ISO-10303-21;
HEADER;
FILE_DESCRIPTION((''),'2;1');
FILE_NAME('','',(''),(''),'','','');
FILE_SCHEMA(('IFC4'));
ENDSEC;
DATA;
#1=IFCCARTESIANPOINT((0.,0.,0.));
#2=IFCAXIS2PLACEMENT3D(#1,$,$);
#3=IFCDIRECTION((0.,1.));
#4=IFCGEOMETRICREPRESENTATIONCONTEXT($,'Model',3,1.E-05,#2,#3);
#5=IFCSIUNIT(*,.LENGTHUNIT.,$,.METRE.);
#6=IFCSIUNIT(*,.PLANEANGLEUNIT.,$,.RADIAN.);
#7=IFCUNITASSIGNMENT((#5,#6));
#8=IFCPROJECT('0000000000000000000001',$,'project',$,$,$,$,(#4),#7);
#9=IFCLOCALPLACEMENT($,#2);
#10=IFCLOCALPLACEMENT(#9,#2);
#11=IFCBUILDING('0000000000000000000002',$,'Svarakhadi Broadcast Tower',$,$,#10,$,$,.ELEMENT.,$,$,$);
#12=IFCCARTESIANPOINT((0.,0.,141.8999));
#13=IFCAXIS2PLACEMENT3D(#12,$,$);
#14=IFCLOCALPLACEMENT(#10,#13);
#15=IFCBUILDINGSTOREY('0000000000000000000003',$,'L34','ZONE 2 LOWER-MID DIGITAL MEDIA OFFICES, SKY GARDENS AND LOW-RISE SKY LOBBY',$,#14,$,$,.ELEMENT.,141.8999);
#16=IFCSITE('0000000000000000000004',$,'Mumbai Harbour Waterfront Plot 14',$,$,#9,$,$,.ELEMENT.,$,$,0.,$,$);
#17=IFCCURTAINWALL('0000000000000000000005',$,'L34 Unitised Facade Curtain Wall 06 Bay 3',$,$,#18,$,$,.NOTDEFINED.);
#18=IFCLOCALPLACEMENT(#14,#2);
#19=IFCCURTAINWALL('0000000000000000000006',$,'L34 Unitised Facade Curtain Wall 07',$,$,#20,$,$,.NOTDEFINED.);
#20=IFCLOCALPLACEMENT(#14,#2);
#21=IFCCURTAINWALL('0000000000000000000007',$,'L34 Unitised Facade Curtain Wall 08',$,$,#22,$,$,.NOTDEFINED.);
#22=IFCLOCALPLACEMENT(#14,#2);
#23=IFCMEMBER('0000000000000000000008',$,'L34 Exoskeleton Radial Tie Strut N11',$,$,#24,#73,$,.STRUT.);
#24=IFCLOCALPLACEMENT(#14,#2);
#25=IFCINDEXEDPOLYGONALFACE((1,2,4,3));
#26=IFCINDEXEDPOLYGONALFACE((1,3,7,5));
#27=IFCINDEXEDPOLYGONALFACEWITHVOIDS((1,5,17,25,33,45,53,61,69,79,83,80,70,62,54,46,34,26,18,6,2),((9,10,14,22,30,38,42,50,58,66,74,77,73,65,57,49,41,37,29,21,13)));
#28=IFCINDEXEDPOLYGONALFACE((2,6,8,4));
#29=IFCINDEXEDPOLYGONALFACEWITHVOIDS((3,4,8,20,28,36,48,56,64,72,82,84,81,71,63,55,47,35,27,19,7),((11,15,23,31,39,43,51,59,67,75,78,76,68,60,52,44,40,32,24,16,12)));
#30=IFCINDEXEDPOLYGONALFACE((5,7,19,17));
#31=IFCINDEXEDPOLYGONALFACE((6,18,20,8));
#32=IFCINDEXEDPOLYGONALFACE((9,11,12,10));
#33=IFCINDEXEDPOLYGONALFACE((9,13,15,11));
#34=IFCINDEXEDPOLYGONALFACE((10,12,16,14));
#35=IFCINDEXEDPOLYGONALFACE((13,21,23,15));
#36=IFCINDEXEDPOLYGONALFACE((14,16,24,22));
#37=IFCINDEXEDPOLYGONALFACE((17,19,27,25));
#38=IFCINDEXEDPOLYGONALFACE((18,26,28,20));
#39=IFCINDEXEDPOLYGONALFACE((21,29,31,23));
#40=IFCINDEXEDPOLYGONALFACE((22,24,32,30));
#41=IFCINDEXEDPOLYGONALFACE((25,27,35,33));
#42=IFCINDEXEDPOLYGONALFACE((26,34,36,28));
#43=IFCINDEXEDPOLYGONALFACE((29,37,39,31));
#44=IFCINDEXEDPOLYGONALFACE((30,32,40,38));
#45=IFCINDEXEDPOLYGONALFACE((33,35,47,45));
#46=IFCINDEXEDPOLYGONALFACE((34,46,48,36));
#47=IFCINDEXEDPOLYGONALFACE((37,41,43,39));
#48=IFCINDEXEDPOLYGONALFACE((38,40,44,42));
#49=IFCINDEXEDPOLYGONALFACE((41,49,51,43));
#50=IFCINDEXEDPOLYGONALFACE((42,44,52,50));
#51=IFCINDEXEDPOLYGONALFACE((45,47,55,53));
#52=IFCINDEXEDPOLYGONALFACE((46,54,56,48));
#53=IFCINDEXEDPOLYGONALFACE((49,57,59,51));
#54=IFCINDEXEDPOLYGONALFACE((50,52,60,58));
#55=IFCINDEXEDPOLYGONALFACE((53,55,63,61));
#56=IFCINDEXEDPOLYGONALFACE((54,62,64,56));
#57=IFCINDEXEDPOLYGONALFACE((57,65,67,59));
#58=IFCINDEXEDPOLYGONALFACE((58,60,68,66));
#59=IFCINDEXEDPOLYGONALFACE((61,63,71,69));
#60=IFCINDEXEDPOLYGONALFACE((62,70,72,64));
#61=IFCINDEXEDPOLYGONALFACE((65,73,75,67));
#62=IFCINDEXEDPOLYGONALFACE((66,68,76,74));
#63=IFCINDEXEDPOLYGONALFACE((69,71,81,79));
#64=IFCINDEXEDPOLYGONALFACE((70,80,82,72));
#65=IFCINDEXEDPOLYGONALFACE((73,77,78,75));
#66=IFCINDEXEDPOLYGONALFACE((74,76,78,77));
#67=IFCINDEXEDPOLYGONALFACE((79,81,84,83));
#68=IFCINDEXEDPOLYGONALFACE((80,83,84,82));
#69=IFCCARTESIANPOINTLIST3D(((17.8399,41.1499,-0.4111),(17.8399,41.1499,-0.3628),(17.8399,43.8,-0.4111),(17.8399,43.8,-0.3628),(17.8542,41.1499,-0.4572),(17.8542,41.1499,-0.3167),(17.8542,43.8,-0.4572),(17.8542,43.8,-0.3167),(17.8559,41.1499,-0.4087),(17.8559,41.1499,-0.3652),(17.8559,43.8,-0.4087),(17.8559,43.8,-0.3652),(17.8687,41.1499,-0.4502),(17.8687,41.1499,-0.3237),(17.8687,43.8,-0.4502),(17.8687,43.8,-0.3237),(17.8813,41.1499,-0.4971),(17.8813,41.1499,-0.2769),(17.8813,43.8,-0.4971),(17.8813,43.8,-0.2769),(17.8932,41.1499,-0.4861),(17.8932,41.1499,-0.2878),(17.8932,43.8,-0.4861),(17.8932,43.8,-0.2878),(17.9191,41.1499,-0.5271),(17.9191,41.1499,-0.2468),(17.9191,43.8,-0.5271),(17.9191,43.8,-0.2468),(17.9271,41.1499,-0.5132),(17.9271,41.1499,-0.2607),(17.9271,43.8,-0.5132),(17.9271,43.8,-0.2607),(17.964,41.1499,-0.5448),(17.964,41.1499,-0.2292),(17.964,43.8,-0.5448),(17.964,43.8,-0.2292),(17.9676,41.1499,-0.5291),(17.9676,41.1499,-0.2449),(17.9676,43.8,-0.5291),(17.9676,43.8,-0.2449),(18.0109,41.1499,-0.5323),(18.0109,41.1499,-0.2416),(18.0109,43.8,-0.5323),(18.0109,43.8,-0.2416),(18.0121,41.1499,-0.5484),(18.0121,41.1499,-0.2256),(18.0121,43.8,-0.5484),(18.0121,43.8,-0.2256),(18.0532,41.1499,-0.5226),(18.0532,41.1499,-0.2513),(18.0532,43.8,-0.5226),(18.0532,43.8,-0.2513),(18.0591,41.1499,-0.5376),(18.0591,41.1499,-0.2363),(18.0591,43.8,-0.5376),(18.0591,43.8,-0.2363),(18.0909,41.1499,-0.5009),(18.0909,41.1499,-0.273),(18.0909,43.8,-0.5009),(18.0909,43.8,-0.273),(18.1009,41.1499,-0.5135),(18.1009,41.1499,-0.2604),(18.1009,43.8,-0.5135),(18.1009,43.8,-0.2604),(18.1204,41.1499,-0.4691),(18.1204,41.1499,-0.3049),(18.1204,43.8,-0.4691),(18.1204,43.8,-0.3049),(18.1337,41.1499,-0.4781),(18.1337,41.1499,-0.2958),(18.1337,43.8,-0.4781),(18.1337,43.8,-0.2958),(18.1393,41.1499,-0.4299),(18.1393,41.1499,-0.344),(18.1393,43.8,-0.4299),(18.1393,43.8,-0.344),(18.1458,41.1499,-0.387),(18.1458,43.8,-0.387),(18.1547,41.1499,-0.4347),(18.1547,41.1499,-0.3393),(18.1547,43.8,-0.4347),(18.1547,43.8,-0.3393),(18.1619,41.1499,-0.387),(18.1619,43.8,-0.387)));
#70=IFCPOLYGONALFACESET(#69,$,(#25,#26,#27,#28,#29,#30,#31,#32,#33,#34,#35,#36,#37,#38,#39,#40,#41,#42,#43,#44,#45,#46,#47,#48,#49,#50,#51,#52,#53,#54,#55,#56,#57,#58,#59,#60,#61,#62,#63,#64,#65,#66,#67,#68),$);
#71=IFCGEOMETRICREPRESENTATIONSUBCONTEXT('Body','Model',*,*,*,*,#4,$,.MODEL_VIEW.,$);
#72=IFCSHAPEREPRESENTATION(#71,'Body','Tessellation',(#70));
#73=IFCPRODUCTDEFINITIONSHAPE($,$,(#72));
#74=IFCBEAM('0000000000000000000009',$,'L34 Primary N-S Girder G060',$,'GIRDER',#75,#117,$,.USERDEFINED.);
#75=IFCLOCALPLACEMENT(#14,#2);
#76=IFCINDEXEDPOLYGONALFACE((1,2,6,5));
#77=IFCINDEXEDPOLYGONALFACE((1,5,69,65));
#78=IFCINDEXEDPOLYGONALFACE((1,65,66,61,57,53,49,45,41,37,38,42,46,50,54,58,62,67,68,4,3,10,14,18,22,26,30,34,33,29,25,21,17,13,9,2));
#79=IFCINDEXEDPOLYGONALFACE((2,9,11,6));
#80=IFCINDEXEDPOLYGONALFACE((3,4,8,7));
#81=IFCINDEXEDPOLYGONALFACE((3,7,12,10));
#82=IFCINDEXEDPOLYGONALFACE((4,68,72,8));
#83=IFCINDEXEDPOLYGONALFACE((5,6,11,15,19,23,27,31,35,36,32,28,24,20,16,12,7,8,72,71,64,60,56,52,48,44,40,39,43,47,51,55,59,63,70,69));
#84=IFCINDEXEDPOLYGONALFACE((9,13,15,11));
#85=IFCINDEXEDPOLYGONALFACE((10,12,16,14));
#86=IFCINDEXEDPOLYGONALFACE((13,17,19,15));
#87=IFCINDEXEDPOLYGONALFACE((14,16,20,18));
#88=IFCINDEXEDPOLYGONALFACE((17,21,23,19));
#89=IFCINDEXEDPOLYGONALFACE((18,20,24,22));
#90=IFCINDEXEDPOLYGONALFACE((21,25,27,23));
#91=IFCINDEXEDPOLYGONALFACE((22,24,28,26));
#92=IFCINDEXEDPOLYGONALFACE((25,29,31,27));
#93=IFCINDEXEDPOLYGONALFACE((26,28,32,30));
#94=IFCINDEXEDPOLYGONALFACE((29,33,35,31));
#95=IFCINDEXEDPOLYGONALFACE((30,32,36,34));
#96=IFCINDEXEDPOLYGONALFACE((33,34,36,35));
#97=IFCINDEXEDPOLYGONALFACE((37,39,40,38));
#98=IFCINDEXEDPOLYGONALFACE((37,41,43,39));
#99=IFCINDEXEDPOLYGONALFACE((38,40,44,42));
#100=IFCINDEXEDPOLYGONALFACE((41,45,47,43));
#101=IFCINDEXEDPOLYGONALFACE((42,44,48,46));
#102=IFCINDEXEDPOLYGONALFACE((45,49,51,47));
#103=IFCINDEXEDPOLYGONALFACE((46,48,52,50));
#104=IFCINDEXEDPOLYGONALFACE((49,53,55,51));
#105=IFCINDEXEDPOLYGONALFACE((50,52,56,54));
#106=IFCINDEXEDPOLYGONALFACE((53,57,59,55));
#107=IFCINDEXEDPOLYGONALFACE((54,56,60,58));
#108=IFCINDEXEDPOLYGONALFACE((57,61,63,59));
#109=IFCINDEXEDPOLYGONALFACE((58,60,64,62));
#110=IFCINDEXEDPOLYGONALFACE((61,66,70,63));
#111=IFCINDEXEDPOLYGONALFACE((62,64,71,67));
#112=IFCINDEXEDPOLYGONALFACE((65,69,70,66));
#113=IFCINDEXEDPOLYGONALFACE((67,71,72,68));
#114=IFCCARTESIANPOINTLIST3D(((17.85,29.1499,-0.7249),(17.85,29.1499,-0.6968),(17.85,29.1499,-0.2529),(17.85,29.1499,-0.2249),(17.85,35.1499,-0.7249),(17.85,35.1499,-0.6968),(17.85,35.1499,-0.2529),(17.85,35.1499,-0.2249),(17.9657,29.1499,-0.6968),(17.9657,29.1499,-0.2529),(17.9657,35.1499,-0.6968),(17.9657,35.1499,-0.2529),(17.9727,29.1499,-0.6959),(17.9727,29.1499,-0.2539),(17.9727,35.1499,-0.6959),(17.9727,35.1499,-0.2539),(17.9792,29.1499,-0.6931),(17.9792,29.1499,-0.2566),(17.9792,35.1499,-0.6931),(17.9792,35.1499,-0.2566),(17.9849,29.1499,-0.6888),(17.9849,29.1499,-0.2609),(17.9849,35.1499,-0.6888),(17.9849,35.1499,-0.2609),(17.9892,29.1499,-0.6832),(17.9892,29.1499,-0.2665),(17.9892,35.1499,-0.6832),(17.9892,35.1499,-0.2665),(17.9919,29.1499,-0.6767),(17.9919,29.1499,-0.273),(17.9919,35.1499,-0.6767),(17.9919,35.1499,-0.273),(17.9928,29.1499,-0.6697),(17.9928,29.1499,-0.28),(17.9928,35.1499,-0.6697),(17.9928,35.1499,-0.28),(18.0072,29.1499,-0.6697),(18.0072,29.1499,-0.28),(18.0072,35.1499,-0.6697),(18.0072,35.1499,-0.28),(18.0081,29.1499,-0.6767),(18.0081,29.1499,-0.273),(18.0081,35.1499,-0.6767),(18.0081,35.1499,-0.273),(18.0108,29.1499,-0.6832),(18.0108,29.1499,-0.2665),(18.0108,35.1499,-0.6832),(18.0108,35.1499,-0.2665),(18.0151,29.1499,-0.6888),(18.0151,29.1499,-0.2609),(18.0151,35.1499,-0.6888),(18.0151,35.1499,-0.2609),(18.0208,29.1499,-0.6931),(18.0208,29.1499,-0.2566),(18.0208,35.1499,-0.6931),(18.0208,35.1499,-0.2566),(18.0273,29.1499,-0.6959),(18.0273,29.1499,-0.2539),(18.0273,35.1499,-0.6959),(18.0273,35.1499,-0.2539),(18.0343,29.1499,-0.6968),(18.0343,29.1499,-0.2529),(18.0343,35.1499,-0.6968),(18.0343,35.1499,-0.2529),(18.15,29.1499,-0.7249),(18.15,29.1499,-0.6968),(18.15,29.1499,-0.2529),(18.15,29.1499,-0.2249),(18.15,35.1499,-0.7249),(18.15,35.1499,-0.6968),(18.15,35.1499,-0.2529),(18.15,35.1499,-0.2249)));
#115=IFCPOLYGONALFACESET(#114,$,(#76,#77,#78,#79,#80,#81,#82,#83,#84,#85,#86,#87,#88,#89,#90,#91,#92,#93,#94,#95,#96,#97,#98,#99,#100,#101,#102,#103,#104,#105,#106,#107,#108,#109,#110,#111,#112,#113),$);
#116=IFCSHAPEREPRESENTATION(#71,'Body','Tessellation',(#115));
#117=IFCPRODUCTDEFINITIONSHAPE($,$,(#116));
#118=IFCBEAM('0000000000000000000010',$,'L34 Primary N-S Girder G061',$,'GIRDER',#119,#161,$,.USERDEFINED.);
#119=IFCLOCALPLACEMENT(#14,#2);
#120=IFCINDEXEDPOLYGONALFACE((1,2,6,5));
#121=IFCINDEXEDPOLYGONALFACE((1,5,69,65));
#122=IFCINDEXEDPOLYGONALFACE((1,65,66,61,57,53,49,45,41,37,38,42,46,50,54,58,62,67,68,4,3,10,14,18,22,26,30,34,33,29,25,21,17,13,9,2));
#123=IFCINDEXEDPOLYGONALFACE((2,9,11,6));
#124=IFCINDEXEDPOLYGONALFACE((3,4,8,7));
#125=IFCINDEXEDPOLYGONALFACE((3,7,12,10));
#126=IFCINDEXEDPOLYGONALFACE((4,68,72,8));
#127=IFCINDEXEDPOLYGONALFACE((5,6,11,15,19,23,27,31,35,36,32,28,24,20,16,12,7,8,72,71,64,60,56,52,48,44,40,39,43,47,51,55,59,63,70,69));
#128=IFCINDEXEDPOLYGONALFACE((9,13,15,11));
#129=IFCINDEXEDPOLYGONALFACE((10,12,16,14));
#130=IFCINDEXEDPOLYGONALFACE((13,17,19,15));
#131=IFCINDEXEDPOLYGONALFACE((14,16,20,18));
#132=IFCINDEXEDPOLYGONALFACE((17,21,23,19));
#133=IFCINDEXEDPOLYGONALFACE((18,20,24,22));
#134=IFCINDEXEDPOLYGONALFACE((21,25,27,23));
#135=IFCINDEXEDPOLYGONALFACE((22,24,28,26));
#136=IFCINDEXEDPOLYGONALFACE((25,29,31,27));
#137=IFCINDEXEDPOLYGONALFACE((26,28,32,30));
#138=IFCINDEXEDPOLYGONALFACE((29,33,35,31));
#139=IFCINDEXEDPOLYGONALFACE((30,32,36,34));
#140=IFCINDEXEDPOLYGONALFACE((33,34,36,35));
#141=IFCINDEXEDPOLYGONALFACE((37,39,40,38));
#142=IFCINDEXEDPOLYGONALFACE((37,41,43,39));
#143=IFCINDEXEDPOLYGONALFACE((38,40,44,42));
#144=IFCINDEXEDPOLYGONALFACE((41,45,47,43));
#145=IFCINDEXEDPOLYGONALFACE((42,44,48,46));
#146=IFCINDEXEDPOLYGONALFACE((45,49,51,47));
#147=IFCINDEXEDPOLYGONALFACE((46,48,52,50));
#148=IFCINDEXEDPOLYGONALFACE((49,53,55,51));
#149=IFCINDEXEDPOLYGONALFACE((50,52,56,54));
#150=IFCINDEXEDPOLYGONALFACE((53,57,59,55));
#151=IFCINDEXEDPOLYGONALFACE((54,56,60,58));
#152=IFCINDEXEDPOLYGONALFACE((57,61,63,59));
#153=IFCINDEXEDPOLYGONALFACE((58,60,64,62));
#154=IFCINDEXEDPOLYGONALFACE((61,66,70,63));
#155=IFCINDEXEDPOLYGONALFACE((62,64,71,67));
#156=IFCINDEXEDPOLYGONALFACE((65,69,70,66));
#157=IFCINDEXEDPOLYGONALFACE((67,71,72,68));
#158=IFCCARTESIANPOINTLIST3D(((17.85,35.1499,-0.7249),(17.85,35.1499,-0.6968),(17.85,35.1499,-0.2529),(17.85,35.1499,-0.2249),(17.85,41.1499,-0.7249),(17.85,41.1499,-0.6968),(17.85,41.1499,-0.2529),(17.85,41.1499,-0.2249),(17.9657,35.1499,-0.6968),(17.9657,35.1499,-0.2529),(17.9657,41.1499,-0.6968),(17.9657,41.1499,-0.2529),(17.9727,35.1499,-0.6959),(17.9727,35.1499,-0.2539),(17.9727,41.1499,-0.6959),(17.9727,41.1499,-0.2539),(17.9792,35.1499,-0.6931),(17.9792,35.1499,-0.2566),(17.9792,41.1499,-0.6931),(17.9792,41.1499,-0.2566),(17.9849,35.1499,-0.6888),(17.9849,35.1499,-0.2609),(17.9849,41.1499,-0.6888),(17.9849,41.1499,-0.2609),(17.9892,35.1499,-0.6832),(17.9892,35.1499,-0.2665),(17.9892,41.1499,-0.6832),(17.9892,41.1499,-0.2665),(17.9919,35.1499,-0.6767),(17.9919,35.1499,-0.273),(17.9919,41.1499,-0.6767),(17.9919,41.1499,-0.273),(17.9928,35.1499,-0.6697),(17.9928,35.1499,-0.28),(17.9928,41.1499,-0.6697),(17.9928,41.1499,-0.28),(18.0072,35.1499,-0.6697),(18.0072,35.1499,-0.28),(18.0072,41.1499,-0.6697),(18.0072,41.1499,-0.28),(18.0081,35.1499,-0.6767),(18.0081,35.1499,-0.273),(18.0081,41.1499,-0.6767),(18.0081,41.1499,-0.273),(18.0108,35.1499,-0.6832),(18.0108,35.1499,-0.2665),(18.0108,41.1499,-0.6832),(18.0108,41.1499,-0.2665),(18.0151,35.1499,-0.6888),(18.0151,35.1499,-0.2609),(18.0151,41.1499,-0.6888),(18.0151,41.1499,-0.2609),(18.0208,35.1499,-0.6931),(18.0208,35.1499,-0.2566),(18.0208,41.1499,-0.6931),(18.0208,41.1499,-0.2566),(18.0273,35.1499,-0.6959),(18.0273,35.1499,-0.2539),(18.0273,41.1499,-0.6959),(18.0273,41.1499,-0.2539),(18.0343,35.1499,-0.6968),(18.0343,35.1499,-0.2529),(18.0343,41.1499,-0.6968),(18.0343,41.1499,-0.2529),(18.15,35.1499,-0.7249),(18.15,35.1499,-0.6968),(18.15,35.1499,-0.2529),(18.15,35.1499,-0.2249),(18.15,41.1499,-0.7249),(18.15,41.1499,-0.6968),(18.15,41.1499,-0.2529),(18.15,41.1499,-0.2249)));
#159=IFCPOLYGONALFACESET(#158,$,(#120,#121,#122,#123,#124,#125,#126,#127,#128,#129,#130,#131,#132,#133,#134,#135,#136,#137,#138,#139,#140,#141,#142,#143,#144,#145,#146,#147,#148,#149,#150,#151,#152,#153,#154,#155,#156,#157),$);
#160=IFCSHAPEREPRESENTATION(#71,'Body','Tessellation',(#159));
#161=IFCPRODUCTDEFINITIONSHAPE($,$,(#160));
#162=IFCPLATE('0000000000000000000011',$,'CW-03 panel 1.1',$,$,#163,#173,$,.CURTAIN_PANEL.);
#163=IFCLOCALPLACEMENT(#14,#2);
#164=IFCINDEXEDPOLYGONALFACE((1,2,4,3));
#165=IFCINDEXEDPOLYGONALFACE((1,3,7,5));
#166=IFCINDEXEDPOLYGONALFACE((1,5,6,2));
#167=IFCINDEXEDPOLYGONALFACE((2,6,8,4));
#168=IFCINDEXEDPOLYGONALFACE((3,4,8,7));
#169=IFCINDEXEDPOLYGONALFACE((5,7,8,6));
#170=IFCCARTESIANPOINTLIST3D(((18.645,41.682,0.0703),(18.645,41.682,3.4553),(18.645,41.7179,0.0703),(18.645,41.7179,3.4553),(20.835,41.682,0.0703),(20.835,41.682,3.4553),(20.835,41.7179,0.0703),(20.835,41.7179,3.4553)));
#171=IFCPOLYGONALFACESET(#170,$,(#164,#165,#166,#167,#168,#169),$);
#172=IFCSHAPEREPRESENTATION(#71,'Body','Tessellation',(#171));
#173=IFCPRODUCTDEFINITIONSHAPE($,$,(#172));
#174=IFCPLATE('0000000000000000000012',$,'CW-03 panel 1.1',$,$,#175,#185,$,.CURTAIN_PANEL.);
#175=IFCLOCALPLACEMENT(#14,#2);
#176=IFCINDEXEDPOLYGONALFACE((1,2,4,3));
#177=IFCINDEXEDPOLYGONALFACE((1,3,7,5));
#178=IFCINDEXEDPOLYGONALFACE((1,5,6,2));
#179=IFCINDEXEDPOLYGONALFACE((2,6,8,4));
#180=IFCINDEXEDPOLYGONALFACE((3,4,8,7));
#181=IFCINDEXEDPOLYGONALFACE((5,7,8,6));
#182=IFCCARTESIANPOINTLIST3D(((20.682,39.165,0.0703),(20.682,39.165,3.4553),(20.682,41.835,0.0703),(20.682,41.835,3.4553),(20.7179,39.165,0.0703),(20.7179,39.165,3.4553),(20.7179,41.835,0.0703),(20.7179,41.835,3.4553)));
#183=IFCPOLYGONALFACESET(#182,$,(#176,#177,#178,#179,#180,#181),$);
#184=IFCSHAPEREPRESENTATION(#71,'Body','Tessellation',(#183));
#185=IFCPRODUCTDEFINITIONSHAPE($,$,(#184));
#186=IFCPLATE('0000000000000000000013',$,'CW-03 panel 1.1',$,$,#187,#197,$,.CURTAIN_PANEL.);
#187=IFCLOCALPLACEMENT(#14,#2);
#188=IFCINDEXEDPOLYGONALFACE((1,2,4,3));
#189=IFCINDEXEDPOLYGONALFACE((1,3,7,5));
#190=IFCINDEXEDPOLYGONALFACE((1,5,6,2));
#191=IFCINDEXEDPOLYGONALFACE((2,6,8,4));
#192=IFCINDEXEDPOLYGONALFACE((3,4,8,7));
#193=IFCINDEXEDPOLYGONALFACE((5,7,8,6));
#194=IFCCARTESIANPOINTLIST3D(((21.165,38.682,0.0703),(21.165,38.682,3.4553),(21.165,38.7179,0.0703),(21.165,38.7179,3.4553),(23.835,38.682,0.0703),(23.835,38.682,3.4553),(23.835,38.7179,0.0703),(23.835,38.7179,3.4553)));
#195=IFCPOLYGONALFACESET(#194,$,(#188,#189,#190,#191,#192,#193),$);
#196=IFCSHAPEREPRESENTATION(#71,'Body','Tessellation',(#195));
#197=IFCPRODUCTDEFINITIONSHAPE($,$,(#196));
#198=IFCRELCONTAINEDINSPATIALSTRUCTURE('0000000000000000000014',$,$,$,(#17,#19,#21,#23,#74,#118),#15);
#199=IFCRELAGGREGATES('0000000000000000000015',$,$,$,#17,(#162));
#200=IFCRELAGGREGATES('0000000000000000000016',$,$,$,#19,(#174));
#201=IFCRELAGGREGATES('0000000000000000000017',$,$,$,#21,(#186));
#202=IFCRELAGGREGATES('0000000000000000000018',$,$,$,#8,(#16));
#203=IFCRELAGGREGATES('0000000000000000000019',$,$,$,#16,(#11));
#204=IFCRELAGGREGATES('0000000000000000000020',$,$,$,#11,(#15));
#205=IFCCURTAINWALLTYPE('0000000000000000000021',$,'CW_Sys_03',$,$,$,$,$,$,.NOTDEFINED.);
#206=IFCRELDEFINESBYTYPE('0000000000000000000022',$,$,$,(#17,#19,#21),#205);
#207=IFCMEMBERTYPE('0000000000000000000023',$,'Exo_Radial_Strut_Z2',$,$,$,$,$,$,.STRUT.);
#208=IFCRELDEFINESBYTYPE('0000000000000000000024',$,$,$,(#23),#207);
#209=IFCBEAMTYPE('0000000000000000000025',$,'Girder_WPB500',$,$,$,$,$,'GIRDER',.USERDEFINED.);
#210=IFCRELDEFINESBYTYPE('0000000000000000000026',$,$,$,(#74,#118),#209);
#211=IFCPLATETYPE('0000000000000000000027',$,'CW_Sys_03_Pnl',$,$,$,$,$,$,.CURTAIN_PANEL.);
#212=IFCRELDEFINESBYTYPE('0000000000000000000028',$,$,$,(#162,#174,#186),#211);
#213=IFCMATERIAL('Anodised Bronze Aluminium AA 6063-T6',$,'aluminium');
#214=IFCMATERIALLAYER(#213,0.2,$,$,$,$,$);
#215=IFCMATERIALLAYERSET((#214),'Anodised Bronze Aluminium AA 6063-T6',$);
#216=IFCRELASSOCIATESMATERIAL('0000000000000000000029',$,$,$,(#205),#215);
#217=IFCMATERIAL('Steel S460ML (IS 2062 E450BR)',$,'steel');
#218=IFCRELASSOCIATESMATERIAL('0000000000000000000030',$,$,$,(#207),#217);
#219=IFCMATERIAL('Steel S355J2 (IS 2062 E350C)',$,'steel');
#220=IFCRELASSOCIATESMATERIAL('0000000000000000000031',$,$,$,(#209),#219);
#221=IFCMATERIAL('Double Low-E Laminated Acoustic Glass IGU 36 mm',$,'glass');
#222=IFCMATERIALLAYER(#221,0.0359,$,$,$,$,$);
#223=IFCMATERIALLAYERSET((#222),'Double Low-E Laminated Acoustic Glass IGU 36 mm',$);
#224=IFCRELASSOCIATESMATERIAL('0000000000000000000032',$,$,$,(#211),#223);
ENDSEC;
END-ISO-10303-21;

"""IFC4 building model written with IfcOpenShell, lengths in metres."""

from ifc_helpers import new_model, si_unit, direction, frame, origin, origin_2d, place, context, subcontext, project, spatial, rectangle, hollow_circle, i_section, extrude, material, layer, layer_set, material_profile, profile_set, type_object, element, aggregate, save


model = new_model("IFC4")

# Units and contexts
model_context = context("Model", 3, precision=1e-05, world=origin(), true_north=direction((0.0, 1.0)))
body_context = subcontext(model_context, "Body", "Model", "MODEL_VIEW")
ifc_project = project(units=[si_unit("LENGTHUNIT", "METRE"), si_unit("PLANEANGLEUNIT", "RADIAN")], contexts=[model_context])

# Site, building, storey
site_placement = place(None, origin())
site = spatial("IfcSite", under=ifc_project, at=site_placement, Name="Mumbai Harbour Waterfront Plot 14", CompositionType="ELEMENT", RefElevation=0.0)
building_placement = place(site_placement, origin())
building = spatial("IfcBuilding", under=site, at=building_placement, Name="Svarakhadi Broadcast Tower", CompositionType="ELEMENT")
storey_placement = place(building_placement, frame((0.0, 0.0, 141.8999)))
storey = spatial("IfcBuildingStorey", under=building, at=storey_placement, Name="L34", Description="ZONE 2 LOWER-MID DIGITAL MEDIA OFFICES, SKY GARDENS AND LOW-RISE SKY LOBBY", CompositionType="ELEMENT", Elevation=141.8999)

# Curtain walls
ifc_material_1 = material(Name="Anodised Bronze Aluminium AA 6063-T6", Category="aluminium")
ifc_layer_1 = layer(ifc_material_1, 0.2)
ifc_layer_set_1 = layer_set([ifc_layer_1], Name="Anodised Bronze Aluminium AA 6063-T6")
curtain_wall_type = type_object("IfcCurtainWallType", Name="CW_Sys_03", PredefinedType="NOTDEFINED", material=ifc_layer_set_1)
curtain_wall_1_placement = place(storey_placement, origin())
curtain_wall_1 = element("IfcCurtainWall", 1, at=curtain_wall_1_placement, inside=storey, type_object=curtain_wall_type, Name="L34 Unitised Facade Curtain Wall 06 Bay 3", PredefinedType="NOTDEFINED")
curtain_wall_2_placement = place(storey_placement, origin())
curtain_wall_2 = element("IfcCurtainWall", 2, at=curtain_wall_2_placement, inside=storey, type_object=curtain_wall_type, Name="L34 Unitised Facade Curtain Wall 07", PredefinedType="NOTDEFINED")

# Curtain wall
curtain_wall_3_placement = place(storey_placement, origin())
curtain_wall_3 = element("IfcCurtainWall", 3, at=curtain_wall_3_placement, inside=storey, type_object=curtain_wall_type, Name="L34 Unitised Facade Curtain Wall 08", PredefinedType="NOTDEFINED")

# Member
ifc_material_2 = material(Name="Steel S460ML (IS 2062 E450BR)", Category="steel")
ifc_material_profile_1 = material_profile(ifc_material_2, hollow_circle(Radius=0.1619, WallThickness=0.0161, at=origin_2d()), Name="CHS 323.9x16")
ifc_profile_set_1 = profile_set([ifc_material_profile_1], Name="Steel S460ML (IS 2062 E450BR)")
member_type_1 = type_object("IfcMemberType", Name="Exo_Radial_Strut_Z2", PredefinedType="STRUT", material=ifc_profile_set_1)
member_1_placement = place(storey_placement, frame((18.0, 43.8, -0.387), z_axis=(0.0, -1.0, 0.0), x_axis=(1.0, 0.0, 0.0)))
element("IfcMember", 4, at=member_1_placement, inside=storey, type_object=member_type_1, Name="L34 Exoskeleton Radial Tie Strut N11", PredefinedType="STRUT", context=body_context, shape_type="SweptSolid", body=[
    extrude(hollow_circle(Radius=0.1619, WallThickness=0.0161, at=origin_2d()), origin(), (0.0, 0.0, 1.0), 2.6501),
])

# Beams
ifc_material_3 = material(Name="Steel S355J2 (IS 2062 E350C)", Category="steel")
ifc_material_profile_2 = material_profile(ifc_material_3, i_section(OverallWidth=0.3, OverallDepth=0.5, WebThickness=0.0144, FlangeThickness=0.0281, FilletRadius=0.0271, at=origin_2d()), Name="WPB 500x300x187")
ifc_profile_set_2 = profile_set([ifc_material_profile_2], Name="Steel S355J2 (IS 2062 E350C)")
beam_type = type_object("IfcBeamType", Name="Girder_WPB500", ElementType="GIRDER", PredefinedType="USERDEFINED", material=ifc_profile_set_2)
for number, where, z_axis, x_axis, name in (
    (5, (18.0, 29.1499, -0.4749), (0.0, 1.0, 0.0), (-1.0, 0.0, 0.0), "L34 Primary N-S Girder G060"),
    (6, (18.0, 35.1499, -0.4749), (0.0, 1.0, 0.0), (-1.0, 0.0, 0.0), "L34 Primary N-S Girder G061"),
):
    element("IfcBeam", number, at=place(storey_placement, frame(where, z_axis=z_axis, x_axis=x_axis)), inside=storey, type_object=beam_type, Name=name, ObjectType="GIRDER", PredefinedType="USERDEFINED", context=body_context, shape_type="SweptSolid", body=[
        extrude(i_section(OverallWidth=0.3, OverallDepth=0.5, WebThickness=0.0144, FlangeThickness=0.0281, FilletRadius=0.0271, at=origin_2d()), origin(), (0.0, 0.0, 1.0), 6.0),
    ])

# Plates
ifc_material_4 = material(Name="Double Low-E Laminated Acoustic Glass IGU 36 mm", Category="glass")
ifc_layer_2 = layer(ifc_material_4, 0.0359)
ifc_layer_set_2 = layer_set([ifc_layer_2], Name="Double Low-E Laminated Acoustic Glass IGU 36 mm")
plate_type_1 = type_object("IfcPlateType", Name="CW_Sys_03_Pnl", PredefinedType="CURTAIN_PANEL", material=ifc_layer_set_2)
plate_1_placement = place(storey_placement, frame((19.74, 41.7, 0.0703), z_axis=(0.0, 0.0, 1.0), x_axis=(1.0, 0.0, 0.0)))
plate_1 = element("IfcPlate", 7, at=plate_1_placement, type_object=plate_type_1, Name="CW-03 panel 1.1", PredefinedType="CURTAIN_PANEL", context=body_context, shape_type="SweptSolid", body=[
    extrude(rectangle(XDim=2.1899, YDim=0.0359, at=origin_2d()), origin(), (0.0, 0.0, 1.0), 3.385),
])
aggregate(curtain_wall_1, [plate_1])
plate_2_placement = place(storey_placement, frame((20.7, 40.5, 0.0703), z_axis=(0.0, 0.0, 1.0), x_axis=(0.0, -1.0, 0.0)))
plate_2 = element("IfcPlate", 8, at=plate_2_placement, type_object=plate_type_1, Name="CW-03 panel 1.1", PredefinedType="CURTAIN_PANEL", context=body_context, shape_type="SweptSolid", body=[
    extrude(rectangle(XDim=2.6699, YDim=0.0359, at=origin_2d()), origin(), (0.0, 0.0, 1.0), 3.385),
])
aggregate(curtain_wall_2, [plate_2])
plate_3_placement = place(storey_placement, frame((22.5, 38.7, 0.0703), z_axis=(0.0, 0.0, 1.0), x_axis=(1.0, 0.0, 0.0)))
plate_3 = element("IfcPlate", 9, at=plate_3_placement, type_object=plate_type_1, Name="CW-03 panel 1.1", PredefinedType="CURTAIN_PANEL", context=body_context, shape_type="SweptSolid", body=[
    extrude(rectangle(XDim=2.6699, YDim=0.0359, at=origin_2d()), origin(), (0.0, 0.0, 1.0), 3.385),
])
aggregate(curtain_wall_3, [plate_3])

save(model, "model.ifc")
